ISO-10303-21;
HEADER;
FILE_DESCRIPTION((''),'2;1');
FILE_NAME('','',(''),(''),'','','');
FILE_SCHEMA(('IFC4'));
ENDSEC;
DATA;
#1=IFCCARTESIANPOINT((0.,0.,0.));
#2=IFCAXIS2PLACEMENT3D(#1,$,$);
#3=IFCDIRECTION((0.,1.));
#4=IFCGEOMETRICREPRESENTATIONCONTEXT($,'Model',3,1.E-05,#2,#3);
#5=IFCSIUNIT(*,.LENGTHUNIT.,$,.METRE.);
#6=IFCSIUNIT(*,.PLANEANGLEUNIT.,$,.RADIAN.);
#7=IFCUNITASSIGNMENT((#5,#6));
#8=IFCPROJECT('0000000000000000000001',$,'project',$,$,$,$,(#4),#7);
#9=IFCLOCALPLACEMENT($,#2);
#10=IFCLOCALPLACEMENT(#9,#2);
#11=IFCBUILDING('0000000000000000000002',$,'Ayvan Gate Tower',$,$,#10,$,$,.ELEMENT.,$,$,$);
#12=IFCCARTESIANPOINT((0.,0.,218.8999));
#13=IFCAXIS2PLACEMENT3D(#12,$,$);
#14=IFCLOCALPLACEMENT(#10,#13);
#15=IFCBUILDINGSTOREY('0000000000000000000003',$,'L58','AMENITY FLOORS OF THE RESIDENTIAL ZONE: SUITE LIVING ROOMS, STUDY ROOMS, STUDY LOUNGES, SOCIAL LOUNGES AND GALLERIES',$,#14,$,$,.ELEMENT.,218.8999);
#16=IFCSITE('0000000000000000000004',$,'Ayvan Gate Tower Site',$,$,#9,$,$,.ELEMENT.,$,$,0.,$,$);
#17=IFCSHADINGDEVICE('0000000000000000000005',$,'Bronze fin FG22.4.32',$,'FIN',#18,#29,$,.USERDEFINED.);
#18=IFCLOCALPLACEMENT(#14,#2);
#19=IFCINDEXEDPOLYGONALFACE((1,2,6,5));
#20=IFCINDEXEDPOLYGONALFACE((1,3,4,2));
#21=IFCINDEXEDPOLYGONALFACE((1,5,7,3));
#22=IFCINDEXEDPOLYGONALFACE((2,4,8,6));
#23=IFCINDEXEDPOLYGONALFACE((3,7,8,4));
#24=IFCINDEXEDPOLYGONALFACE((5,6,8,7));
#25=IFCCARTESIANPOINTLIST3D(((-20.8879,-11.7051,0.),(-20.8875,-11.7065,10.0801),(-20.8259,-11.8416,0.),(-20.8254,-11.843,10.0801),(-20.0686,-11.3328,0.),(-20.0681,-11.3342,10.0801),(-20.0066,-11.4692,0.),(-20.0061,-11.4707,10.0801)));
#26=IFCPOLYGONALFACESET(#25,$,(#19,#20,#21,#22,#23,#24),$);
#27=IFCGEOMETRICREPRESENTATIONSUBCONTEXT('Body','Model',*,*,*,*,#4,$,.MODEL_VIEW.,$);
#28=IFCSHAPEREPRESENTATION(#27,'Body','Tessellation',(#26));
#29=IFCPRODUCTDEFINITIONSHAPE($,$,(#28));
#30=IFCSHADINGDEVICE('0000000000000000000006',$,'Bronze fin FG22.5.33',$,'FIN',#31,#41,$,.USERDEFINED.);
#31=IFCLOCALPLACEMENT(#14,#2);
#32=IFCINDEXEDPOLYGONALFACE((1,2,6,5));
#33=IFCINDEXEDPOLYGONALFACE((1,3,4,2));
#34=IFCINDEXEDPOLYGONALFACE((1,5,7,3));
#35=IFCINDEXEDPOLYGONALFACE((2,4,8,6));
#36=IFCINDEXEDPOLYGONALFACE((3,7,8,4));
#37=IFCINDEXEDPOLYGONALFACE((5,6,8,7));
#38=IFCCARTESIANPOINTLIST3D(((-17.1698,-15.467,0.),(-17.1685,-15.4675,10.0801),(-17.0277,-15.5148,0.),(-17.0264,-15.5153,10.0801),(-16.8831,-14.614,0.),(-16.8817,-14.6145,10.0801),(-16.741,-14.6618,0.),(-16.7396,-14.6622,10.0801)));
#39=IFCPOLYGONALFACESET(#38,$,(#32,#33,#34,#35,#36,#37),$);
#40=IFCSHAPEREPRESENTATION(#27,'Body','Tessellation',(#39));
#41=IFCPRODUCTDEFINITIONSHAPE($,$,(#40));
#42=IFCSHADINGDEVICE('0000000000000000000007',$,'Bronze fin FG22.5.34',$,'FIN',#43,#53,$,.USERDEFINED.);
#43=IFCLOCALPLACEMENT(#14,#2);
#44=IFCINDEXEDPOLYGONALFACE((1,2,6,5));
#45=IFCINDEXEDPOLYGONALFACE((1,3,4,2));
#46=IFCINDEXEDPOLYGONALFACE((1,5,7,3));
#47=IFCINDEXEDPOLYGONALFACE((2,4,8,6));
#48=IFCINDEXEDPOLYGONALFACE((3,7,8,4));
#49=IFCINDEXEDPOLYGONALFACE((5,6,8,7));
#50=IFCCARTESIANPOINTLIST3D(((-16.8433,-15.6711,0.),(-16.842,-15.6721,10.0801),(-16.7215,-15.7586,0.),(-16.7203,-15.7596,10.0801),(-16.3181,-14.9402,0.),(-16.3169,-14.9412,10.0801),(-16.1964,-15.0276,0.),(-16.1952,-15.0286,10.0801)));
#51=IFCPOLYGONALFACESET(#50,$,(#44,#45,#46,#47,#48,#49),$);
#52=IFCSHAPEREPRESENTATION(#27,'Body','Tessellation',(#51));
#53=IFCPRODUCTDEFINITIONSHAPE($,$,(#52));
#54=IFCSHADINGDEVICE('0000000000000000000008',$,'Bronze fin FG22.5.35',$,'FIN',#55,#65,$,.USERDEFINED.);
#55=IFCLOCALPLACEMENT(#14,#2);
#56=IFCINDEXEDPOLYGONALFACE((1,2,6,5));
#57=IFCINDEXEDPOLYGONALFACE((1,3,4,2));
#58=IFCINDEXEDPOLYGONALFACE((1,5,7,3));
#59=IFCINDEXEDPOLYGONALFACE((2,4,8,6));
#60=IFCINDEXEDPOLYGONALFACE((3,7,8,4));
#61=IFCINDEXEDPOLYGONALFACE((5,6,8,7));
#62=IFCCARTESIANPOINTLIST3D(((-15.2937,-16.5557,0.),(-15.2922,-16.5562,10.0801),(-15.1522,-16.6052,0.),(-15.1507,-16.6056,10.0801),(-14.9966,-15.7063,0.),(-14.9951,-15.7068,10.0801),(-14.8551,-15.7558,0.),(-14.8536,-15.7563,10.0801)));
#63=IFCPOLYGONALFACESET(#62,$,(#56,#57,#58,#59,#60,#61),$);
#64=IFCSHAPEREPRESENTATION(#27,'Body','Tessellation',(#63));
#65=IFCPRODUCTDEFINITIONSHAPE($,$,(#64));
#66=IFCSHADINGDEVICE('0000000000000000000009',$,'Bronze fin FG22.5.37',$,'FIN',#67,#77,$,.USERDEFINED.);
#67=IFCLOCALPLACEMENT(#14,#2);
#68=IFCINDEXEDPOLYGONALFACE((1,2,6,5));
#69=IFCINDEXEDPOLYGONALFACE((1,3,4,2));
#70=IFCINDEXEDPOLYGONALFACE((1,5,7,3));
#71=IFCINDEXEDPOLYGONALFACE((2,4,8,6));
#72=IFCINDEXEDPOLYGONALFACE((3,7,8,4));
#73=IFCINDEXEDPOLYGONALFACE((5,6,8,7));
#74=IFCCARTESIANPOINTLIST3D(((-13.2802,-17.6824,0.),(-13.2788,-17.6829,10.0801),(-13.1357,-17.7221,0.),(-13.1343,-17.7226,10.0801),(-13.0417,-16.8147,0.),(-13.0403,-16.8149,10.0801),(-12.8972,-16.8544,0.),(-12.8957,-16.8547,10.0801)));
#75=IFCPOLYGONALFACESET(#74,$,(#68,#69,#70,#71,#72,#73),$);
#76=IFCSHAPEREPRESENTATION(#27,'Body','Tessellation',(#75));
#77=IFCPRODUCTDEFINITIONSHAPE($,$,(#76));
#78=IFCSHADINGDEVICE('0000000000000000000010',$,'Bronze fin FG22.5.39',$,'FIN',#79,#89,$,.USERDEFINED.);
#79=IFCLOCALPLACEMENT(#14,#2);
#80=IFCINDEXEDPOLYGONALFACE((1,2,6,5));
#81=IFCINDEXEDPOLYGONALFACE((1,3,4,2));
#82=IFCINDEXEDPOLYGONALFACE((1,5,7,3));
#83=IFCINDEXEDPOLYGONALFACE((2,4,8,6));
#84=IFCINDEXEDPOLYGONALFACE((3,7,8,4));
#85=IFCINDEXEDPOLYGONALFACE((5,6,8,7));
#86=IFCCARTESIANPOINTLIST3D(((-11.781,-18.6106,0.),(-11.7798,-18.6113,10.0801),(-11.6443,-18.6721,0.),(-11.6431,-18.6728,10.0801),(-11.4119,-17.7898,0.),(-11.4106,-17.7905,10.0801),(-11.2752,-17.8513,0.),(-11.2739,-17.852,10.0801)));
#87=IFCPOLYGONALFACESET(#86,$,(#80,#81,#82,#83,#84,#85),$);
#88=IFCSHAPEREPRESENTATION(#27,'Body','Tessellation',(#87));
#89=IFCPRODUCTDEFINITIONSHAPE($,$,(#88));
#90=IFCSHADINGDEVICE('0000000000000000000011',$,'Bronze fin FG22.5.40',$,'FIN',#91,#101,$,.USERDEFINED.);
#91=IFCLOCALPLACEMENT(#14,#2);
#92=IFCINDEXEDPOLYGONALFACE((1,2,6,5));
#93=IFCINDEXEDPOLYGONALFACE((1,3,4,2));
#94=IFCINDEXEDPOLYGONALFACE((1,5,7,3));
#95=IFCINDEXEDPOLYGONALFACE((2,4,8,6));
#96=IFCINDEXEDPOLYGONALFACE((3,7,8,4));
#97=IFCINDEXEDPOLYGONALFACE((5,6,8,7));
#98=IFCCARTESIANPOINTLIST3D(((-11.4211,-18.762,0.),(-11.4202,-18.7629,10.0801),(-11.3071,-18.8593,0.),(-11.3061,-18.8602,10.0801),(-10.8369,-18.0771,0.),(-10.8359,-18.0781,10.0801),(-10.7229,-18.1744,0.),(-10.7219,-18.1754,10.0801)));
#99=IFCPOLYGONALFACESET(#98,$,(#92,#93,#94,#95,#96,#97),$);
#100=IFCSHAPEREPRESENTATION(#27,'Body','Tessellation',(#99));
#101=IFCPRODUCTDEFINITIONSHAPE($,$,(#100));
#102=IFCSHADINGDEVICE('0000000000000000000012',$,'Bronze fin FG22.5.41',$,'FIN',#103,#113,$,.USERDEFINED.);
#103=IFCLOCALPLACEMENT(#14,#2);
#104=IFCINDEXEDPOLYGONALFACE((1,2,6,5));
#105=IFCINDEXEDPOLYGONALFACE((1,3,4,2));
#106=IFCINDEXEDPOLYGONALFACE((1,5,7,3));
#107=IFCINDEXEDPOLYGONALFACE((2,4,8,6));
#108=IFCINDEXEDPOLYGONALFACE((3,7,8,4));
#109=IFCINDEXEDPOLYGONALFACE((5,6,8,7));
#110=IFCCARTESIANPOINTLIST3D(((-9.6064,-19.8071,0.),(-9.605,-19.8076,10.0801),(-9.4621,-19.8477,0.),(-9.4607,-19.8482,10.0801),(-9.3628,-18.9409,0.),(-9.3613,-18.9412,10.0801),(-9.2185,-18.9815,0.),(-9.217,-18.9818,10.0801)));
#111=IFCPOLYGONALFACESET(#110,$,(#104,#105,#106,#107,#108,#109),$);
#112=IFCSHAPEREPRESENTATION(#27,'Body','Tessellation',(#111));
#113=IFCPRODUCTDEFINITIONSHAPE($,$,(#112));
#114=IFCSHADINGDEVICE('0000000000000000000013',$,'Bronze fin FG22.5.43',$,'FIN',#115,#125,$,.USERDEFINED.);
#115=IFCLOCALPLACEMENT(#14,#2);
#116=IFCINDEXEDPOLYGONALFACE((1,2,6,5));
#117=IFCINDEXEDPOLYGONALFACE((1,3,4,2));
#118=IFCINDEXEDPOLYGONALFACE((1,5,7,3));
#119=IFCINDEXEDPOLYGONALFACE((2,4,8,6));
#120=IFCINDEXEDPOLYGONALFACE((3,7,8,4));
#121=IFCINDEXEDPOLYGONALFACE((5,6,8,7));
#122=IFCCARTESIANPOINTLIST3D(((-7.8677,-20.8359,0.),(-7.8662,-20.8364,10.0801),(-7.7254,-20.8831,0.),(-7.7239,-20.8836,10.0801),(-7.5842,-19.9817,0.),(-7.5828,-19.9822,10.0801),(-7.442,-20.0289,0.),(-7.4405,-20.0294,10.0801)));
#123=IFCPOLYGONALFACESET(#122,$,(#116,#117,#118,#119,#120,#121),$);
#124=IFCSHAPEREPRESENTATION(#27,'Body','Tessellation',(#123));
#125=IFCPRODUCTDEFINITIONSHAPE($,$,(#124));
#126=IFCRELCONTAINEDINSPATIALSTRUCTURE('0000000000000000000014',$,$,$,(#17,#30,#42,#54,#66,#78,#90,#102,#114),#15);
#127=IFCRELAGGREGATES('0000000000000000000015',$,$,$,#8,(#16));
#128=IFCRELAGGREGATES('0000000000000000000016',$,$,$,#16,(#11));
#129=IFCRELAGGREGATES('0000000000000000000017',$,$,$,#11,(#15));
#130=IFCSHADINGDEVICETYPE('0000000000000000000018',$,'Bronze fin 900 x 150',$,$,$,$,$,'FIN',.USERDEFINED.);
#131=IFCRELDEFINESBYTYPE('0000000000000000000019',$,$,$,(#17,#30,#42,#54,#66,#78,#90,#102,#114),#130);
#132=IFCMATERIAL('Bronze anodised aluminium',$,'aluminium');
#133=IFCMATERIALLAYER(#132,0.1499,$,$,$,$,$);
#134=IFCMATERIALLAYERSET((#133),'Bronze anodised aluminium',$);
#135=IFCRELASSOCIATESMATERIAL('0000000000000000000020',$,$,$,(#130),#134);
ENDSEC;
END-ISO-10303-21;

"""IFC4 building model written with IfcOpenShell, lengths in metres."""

from ifc_helpers import new_model, si_unit, direction, frame, origin, place, context, subcontext, project, spatial, polyline, outline, extrude, material, layer, layer_set, type_object, element, save


model = new_model("IFC4")

# Units and contexts
model_context = context("Model", 3, precision=1e-05, world=origin(), true_north=direction((0.0, 1.0)))
body_context = subcontext(model_context, "Body", "Model", "MODEL_VIEW")
ifc_project = project(units=[si_unit("LENGTHUNIT", "METRE"), si_unit("PLANEANGLEUNIT", "RADIAN")], contexts=[model_context])

# Site, building, storey
site_placement = place(None, origin())
site = spatial("IfcSite", under=ifc_project, at=site_placement, Name="Ayvan Gate Tower Site", CompositionType="ELEMENT", RefElevation=0.0)
building_placement = place(site_placement, origin())
building = spatial("IfcBuilding", under=site, at=building_placement, Name="Ayvan Gate Tower", CompositionType="ELEMENT")
storey_placement = place(building_placement, frame((0.0, 0.0, 218.8999)))
storey = spatial("IfcBuildingStorey", under=building, at=storey_placement, Name="L58", Description="AMENITY FLOORS OF THE RESIDENTIAL ZONE: SUITE LIVING ROOMS, STUDY ROOMS, STUDY LOUNGES, SOCIAL LOUNGES AND GALLERIES", CompositionType="ELEMENT", Elevation=218.8999)

# Shared definitions
ifc_material_1 = material(Name="Bronze anodised aluminium", Category="aluminium")

# Shading devices
ifc_layer_1 = layer(ifc_material_1, 0.1499)
ifc_layer_set_1 = layer_set([ifc_layer_1], Name="Bronze anodised aluminium")
shading_device_type = type_object("IfcShadingDeviceType", Name="Bronze fin 900 x 150", ElementType="FIN", PredefinedType="USERDEFINED", material=ifc_layer_set_1)
shading_device_1_placement = place(storey_placement, frame((-20.0686, -11.3328, 0.0), z_axis=(-0.413701, 0.910413, 0.000152), x_axis=(-0.910413, -0.413701, 0.0)))
element("IfcShadingDevice", 1, at=shading_device_1_placement, inside=storey, type_object=shading_device_type, Name="Bronze fin FG22.4.32", ObjectType="FIN", PredefinedType="USERDEFINED", context=body_context, shape_type="SweptSolid", body=[
    extrude(outline(polyline([(0.0, 0.0), (0.9, 0.0), (0.9001, 10.0801), (0.0002, 10.0801), (0.0, 0.0)])), origin(), (0.0, 0.0, -1.0), 0.1499),
])
shading_device_2_placement = place(storey_placement, frame((-16.8831, -14.614, 0.0), z_axis=(-0.94788, 0.318628, 0.000142), x_axis=(-0.318628, -0.94788, 0.0)))
element("IfcShadingDevice", 2, at=shading_device_2_placement, inside=storey, type_object=shading_device_type, Name="Bronze fin FG22.5.33", ObjectType="FIN", PredefinedType="USERDEFINED", context=body_context, shape_type="SweptSolid", body=[
    extrude(outline(polyline([(0.0, 0.0), (0.8999, 0.0), (0.9, 10.0801), (0.0, 10.0801), (0.0, 0.0)])), origin(), (0.0, 0.0, -1.0), 0.1499),
])
shading_device_3_placement = place(storey_placement, frame((-16.3181, -14.9402, 0.0), z_axis=(-0.812136, 0.583468, 0.000155), x_axis=(-0.583468, -0.812136, 0.0)))
element("IfcShadingDevice", 3, at=shading_device_3_placement, inside=storey, type_object=shading_device_type, Name="Bronze fin FG22.5.34", ObjectType="FIN", PredefinedType="USERDEFINED", context=body_context, shape_type="SweptSolid", body=[
    extrude(outline(polyline([(0.0, 0.0), (0.9, 0.0), (0.9001, 10.0801), (0.0001, 10.0801), (0.0, 0.0)])), origin(), (0.0, 0.0, -1.0), 0.1499),
])
shading_device_4_placement = place(storey_placement, frame((-14.9966, -15.7063, 0.0), z_axis=(-0.943913, 0.330193, 0.000153), x_axis=(-0.330193, -0.943913, 0.0)))
element("IfcShadingDevice", 4, at=shading_device_4_placement, inside=storey, type_object=shading_device_type, Name="Bronze fin FG22.5.35", ObjectType="FIN", PredefinedType="USERDEFINED", context=body_context, shape_type="SweptSolid", body=[
    extrude(outline(polyline([(0.0, 0.0), (0.8998, 0.0), (0.8998, 10.0801), (0.0, 10.0801), (0.0, 0.0)])), origin(), (0.0, 0.0, -1.0), 0.1499),
])
shading_device_5_placement = place(storey_placement, frame((-13.0417, -16.8147, 0.0), z_axis=(-0.964239, 0.265034, 0.00015), x_axis=(-0.265034, -0.964239, 0.0)))
element("IfcShadingDevice", 5, at=shading_device_5_placement, inside=storey, type_object=shading_device_type, Name="Bronze fin FG22.5.37", ObjectType="FIN", PredefinedType="USERDEFINED", context=body_context, shape_type="SweptSolid", body=[
    extrude(outline(polyline([(0.0, 0.0), (0.8999, 0.0), (0.8999, 10.0801), (-0.0002, 10.0801), (0.0, 0.0)])), origin(), (0.0, 0.0, -1.0), 0.1499),
])
shading_device_6_placement = place(storey_placement, frame((-11.4119, -17.7898, 0.0), z_axis=(-0.912013, 0.410162, 0.00014), x_axis=(-0.410162, -0.912013, 0.0)))
element("IfcShadingDevice", 6, at=shading_device_6_placement, inside=storey, type_object=shading_device_type, Name="Bronze fin FG22.5.39", ObjectType="FIN", PredefinedType="USERDEFINED", context=body_context, shape_type="SweptSolid", body=[
    extrude(outline(polyline([(0.0, 0.0), (0.9, 0.0), (0.9002, 10.0801), (0.0002, 10.0801), (0.0, 0.0)])), origin(), (0.0, 0.0, -1.0), 0.1499),
])
shading_device_7_placement = place(storey_placement, frame((-10.8369, -18.0771, 0.0), z_axis=(-0.760767, 0.649025, 0.000137), x_axis=(-0.649025, -0.760767, 0.0)))
element("IfcShadingDevice", 7, at=shading_device_7_placement, inside=storey, type_object=shading_device_type, Name="Bronze fin FG22.5.40", ObjectType="FIN", PredefinedType="USERDEFINED", context=body_context, shape_type="SweptSolid", body=[
    extrude(outline(polyline([(0.0, 0.0), (0.9002, 0.0), (0.9003, 10.0801), (0.0001, 10.0801), (0.0, 0.0)])), origin(), (0.0, 0.0, -1.0), 0.1499),
])
shading_device_8_placement = place(storey_placement, frame((-9.3628, -18.9409, 0.0), z_axis=(-0.962652, 0.270742, 0.00015), x_axis=(-0.270742, -0.962652, 0.0)))
element("IfcShadingDevice", 8, at=shading_device_8_placement, inside=storey, type_object=shading_device_type, Name="Bronze fin FG22.5.41", ObjectType="FIN", PredefinedType="USERDEFINED", context=body_context, shape_type="SweptSolid", body=[
    extrude(outline(polyline([(0.0, 0.0), (0.8998, 0.0), (0.8999, 10.0801), (-0.0002, 10.0801), (0.0, 0.0)])), origin(), (0.0, 0.0, -1.0), 0.1499),
])
shading_device_9_placement = place(storey_placement, frame((-7.5842, -19.9817, 0.0), z_axis=(-0.949116, 0.314925, 0.000153), x_axis=(-0.314925, -0.949116, 0.0)))
element("IfcShadingDevice", 9, at=shading_device_9_placement, inside=storey, type_object=shading_device_type, Name="Bronze fin FG22.5.43", ObjectType="FIN", PredefinedType="USERDEFINED", context=body_context, shape_type="SweptSolid", body=[
    extrude(outline(polyline([(0.0, 0.0), (0.9, 0.0), (0.9, 10.0801), (0.0, 10.0801), (0.0, 0.0)])), origin(), (0.0, 0.0, -1.0), 0.1499),
])

save(model, "model.ifc")
